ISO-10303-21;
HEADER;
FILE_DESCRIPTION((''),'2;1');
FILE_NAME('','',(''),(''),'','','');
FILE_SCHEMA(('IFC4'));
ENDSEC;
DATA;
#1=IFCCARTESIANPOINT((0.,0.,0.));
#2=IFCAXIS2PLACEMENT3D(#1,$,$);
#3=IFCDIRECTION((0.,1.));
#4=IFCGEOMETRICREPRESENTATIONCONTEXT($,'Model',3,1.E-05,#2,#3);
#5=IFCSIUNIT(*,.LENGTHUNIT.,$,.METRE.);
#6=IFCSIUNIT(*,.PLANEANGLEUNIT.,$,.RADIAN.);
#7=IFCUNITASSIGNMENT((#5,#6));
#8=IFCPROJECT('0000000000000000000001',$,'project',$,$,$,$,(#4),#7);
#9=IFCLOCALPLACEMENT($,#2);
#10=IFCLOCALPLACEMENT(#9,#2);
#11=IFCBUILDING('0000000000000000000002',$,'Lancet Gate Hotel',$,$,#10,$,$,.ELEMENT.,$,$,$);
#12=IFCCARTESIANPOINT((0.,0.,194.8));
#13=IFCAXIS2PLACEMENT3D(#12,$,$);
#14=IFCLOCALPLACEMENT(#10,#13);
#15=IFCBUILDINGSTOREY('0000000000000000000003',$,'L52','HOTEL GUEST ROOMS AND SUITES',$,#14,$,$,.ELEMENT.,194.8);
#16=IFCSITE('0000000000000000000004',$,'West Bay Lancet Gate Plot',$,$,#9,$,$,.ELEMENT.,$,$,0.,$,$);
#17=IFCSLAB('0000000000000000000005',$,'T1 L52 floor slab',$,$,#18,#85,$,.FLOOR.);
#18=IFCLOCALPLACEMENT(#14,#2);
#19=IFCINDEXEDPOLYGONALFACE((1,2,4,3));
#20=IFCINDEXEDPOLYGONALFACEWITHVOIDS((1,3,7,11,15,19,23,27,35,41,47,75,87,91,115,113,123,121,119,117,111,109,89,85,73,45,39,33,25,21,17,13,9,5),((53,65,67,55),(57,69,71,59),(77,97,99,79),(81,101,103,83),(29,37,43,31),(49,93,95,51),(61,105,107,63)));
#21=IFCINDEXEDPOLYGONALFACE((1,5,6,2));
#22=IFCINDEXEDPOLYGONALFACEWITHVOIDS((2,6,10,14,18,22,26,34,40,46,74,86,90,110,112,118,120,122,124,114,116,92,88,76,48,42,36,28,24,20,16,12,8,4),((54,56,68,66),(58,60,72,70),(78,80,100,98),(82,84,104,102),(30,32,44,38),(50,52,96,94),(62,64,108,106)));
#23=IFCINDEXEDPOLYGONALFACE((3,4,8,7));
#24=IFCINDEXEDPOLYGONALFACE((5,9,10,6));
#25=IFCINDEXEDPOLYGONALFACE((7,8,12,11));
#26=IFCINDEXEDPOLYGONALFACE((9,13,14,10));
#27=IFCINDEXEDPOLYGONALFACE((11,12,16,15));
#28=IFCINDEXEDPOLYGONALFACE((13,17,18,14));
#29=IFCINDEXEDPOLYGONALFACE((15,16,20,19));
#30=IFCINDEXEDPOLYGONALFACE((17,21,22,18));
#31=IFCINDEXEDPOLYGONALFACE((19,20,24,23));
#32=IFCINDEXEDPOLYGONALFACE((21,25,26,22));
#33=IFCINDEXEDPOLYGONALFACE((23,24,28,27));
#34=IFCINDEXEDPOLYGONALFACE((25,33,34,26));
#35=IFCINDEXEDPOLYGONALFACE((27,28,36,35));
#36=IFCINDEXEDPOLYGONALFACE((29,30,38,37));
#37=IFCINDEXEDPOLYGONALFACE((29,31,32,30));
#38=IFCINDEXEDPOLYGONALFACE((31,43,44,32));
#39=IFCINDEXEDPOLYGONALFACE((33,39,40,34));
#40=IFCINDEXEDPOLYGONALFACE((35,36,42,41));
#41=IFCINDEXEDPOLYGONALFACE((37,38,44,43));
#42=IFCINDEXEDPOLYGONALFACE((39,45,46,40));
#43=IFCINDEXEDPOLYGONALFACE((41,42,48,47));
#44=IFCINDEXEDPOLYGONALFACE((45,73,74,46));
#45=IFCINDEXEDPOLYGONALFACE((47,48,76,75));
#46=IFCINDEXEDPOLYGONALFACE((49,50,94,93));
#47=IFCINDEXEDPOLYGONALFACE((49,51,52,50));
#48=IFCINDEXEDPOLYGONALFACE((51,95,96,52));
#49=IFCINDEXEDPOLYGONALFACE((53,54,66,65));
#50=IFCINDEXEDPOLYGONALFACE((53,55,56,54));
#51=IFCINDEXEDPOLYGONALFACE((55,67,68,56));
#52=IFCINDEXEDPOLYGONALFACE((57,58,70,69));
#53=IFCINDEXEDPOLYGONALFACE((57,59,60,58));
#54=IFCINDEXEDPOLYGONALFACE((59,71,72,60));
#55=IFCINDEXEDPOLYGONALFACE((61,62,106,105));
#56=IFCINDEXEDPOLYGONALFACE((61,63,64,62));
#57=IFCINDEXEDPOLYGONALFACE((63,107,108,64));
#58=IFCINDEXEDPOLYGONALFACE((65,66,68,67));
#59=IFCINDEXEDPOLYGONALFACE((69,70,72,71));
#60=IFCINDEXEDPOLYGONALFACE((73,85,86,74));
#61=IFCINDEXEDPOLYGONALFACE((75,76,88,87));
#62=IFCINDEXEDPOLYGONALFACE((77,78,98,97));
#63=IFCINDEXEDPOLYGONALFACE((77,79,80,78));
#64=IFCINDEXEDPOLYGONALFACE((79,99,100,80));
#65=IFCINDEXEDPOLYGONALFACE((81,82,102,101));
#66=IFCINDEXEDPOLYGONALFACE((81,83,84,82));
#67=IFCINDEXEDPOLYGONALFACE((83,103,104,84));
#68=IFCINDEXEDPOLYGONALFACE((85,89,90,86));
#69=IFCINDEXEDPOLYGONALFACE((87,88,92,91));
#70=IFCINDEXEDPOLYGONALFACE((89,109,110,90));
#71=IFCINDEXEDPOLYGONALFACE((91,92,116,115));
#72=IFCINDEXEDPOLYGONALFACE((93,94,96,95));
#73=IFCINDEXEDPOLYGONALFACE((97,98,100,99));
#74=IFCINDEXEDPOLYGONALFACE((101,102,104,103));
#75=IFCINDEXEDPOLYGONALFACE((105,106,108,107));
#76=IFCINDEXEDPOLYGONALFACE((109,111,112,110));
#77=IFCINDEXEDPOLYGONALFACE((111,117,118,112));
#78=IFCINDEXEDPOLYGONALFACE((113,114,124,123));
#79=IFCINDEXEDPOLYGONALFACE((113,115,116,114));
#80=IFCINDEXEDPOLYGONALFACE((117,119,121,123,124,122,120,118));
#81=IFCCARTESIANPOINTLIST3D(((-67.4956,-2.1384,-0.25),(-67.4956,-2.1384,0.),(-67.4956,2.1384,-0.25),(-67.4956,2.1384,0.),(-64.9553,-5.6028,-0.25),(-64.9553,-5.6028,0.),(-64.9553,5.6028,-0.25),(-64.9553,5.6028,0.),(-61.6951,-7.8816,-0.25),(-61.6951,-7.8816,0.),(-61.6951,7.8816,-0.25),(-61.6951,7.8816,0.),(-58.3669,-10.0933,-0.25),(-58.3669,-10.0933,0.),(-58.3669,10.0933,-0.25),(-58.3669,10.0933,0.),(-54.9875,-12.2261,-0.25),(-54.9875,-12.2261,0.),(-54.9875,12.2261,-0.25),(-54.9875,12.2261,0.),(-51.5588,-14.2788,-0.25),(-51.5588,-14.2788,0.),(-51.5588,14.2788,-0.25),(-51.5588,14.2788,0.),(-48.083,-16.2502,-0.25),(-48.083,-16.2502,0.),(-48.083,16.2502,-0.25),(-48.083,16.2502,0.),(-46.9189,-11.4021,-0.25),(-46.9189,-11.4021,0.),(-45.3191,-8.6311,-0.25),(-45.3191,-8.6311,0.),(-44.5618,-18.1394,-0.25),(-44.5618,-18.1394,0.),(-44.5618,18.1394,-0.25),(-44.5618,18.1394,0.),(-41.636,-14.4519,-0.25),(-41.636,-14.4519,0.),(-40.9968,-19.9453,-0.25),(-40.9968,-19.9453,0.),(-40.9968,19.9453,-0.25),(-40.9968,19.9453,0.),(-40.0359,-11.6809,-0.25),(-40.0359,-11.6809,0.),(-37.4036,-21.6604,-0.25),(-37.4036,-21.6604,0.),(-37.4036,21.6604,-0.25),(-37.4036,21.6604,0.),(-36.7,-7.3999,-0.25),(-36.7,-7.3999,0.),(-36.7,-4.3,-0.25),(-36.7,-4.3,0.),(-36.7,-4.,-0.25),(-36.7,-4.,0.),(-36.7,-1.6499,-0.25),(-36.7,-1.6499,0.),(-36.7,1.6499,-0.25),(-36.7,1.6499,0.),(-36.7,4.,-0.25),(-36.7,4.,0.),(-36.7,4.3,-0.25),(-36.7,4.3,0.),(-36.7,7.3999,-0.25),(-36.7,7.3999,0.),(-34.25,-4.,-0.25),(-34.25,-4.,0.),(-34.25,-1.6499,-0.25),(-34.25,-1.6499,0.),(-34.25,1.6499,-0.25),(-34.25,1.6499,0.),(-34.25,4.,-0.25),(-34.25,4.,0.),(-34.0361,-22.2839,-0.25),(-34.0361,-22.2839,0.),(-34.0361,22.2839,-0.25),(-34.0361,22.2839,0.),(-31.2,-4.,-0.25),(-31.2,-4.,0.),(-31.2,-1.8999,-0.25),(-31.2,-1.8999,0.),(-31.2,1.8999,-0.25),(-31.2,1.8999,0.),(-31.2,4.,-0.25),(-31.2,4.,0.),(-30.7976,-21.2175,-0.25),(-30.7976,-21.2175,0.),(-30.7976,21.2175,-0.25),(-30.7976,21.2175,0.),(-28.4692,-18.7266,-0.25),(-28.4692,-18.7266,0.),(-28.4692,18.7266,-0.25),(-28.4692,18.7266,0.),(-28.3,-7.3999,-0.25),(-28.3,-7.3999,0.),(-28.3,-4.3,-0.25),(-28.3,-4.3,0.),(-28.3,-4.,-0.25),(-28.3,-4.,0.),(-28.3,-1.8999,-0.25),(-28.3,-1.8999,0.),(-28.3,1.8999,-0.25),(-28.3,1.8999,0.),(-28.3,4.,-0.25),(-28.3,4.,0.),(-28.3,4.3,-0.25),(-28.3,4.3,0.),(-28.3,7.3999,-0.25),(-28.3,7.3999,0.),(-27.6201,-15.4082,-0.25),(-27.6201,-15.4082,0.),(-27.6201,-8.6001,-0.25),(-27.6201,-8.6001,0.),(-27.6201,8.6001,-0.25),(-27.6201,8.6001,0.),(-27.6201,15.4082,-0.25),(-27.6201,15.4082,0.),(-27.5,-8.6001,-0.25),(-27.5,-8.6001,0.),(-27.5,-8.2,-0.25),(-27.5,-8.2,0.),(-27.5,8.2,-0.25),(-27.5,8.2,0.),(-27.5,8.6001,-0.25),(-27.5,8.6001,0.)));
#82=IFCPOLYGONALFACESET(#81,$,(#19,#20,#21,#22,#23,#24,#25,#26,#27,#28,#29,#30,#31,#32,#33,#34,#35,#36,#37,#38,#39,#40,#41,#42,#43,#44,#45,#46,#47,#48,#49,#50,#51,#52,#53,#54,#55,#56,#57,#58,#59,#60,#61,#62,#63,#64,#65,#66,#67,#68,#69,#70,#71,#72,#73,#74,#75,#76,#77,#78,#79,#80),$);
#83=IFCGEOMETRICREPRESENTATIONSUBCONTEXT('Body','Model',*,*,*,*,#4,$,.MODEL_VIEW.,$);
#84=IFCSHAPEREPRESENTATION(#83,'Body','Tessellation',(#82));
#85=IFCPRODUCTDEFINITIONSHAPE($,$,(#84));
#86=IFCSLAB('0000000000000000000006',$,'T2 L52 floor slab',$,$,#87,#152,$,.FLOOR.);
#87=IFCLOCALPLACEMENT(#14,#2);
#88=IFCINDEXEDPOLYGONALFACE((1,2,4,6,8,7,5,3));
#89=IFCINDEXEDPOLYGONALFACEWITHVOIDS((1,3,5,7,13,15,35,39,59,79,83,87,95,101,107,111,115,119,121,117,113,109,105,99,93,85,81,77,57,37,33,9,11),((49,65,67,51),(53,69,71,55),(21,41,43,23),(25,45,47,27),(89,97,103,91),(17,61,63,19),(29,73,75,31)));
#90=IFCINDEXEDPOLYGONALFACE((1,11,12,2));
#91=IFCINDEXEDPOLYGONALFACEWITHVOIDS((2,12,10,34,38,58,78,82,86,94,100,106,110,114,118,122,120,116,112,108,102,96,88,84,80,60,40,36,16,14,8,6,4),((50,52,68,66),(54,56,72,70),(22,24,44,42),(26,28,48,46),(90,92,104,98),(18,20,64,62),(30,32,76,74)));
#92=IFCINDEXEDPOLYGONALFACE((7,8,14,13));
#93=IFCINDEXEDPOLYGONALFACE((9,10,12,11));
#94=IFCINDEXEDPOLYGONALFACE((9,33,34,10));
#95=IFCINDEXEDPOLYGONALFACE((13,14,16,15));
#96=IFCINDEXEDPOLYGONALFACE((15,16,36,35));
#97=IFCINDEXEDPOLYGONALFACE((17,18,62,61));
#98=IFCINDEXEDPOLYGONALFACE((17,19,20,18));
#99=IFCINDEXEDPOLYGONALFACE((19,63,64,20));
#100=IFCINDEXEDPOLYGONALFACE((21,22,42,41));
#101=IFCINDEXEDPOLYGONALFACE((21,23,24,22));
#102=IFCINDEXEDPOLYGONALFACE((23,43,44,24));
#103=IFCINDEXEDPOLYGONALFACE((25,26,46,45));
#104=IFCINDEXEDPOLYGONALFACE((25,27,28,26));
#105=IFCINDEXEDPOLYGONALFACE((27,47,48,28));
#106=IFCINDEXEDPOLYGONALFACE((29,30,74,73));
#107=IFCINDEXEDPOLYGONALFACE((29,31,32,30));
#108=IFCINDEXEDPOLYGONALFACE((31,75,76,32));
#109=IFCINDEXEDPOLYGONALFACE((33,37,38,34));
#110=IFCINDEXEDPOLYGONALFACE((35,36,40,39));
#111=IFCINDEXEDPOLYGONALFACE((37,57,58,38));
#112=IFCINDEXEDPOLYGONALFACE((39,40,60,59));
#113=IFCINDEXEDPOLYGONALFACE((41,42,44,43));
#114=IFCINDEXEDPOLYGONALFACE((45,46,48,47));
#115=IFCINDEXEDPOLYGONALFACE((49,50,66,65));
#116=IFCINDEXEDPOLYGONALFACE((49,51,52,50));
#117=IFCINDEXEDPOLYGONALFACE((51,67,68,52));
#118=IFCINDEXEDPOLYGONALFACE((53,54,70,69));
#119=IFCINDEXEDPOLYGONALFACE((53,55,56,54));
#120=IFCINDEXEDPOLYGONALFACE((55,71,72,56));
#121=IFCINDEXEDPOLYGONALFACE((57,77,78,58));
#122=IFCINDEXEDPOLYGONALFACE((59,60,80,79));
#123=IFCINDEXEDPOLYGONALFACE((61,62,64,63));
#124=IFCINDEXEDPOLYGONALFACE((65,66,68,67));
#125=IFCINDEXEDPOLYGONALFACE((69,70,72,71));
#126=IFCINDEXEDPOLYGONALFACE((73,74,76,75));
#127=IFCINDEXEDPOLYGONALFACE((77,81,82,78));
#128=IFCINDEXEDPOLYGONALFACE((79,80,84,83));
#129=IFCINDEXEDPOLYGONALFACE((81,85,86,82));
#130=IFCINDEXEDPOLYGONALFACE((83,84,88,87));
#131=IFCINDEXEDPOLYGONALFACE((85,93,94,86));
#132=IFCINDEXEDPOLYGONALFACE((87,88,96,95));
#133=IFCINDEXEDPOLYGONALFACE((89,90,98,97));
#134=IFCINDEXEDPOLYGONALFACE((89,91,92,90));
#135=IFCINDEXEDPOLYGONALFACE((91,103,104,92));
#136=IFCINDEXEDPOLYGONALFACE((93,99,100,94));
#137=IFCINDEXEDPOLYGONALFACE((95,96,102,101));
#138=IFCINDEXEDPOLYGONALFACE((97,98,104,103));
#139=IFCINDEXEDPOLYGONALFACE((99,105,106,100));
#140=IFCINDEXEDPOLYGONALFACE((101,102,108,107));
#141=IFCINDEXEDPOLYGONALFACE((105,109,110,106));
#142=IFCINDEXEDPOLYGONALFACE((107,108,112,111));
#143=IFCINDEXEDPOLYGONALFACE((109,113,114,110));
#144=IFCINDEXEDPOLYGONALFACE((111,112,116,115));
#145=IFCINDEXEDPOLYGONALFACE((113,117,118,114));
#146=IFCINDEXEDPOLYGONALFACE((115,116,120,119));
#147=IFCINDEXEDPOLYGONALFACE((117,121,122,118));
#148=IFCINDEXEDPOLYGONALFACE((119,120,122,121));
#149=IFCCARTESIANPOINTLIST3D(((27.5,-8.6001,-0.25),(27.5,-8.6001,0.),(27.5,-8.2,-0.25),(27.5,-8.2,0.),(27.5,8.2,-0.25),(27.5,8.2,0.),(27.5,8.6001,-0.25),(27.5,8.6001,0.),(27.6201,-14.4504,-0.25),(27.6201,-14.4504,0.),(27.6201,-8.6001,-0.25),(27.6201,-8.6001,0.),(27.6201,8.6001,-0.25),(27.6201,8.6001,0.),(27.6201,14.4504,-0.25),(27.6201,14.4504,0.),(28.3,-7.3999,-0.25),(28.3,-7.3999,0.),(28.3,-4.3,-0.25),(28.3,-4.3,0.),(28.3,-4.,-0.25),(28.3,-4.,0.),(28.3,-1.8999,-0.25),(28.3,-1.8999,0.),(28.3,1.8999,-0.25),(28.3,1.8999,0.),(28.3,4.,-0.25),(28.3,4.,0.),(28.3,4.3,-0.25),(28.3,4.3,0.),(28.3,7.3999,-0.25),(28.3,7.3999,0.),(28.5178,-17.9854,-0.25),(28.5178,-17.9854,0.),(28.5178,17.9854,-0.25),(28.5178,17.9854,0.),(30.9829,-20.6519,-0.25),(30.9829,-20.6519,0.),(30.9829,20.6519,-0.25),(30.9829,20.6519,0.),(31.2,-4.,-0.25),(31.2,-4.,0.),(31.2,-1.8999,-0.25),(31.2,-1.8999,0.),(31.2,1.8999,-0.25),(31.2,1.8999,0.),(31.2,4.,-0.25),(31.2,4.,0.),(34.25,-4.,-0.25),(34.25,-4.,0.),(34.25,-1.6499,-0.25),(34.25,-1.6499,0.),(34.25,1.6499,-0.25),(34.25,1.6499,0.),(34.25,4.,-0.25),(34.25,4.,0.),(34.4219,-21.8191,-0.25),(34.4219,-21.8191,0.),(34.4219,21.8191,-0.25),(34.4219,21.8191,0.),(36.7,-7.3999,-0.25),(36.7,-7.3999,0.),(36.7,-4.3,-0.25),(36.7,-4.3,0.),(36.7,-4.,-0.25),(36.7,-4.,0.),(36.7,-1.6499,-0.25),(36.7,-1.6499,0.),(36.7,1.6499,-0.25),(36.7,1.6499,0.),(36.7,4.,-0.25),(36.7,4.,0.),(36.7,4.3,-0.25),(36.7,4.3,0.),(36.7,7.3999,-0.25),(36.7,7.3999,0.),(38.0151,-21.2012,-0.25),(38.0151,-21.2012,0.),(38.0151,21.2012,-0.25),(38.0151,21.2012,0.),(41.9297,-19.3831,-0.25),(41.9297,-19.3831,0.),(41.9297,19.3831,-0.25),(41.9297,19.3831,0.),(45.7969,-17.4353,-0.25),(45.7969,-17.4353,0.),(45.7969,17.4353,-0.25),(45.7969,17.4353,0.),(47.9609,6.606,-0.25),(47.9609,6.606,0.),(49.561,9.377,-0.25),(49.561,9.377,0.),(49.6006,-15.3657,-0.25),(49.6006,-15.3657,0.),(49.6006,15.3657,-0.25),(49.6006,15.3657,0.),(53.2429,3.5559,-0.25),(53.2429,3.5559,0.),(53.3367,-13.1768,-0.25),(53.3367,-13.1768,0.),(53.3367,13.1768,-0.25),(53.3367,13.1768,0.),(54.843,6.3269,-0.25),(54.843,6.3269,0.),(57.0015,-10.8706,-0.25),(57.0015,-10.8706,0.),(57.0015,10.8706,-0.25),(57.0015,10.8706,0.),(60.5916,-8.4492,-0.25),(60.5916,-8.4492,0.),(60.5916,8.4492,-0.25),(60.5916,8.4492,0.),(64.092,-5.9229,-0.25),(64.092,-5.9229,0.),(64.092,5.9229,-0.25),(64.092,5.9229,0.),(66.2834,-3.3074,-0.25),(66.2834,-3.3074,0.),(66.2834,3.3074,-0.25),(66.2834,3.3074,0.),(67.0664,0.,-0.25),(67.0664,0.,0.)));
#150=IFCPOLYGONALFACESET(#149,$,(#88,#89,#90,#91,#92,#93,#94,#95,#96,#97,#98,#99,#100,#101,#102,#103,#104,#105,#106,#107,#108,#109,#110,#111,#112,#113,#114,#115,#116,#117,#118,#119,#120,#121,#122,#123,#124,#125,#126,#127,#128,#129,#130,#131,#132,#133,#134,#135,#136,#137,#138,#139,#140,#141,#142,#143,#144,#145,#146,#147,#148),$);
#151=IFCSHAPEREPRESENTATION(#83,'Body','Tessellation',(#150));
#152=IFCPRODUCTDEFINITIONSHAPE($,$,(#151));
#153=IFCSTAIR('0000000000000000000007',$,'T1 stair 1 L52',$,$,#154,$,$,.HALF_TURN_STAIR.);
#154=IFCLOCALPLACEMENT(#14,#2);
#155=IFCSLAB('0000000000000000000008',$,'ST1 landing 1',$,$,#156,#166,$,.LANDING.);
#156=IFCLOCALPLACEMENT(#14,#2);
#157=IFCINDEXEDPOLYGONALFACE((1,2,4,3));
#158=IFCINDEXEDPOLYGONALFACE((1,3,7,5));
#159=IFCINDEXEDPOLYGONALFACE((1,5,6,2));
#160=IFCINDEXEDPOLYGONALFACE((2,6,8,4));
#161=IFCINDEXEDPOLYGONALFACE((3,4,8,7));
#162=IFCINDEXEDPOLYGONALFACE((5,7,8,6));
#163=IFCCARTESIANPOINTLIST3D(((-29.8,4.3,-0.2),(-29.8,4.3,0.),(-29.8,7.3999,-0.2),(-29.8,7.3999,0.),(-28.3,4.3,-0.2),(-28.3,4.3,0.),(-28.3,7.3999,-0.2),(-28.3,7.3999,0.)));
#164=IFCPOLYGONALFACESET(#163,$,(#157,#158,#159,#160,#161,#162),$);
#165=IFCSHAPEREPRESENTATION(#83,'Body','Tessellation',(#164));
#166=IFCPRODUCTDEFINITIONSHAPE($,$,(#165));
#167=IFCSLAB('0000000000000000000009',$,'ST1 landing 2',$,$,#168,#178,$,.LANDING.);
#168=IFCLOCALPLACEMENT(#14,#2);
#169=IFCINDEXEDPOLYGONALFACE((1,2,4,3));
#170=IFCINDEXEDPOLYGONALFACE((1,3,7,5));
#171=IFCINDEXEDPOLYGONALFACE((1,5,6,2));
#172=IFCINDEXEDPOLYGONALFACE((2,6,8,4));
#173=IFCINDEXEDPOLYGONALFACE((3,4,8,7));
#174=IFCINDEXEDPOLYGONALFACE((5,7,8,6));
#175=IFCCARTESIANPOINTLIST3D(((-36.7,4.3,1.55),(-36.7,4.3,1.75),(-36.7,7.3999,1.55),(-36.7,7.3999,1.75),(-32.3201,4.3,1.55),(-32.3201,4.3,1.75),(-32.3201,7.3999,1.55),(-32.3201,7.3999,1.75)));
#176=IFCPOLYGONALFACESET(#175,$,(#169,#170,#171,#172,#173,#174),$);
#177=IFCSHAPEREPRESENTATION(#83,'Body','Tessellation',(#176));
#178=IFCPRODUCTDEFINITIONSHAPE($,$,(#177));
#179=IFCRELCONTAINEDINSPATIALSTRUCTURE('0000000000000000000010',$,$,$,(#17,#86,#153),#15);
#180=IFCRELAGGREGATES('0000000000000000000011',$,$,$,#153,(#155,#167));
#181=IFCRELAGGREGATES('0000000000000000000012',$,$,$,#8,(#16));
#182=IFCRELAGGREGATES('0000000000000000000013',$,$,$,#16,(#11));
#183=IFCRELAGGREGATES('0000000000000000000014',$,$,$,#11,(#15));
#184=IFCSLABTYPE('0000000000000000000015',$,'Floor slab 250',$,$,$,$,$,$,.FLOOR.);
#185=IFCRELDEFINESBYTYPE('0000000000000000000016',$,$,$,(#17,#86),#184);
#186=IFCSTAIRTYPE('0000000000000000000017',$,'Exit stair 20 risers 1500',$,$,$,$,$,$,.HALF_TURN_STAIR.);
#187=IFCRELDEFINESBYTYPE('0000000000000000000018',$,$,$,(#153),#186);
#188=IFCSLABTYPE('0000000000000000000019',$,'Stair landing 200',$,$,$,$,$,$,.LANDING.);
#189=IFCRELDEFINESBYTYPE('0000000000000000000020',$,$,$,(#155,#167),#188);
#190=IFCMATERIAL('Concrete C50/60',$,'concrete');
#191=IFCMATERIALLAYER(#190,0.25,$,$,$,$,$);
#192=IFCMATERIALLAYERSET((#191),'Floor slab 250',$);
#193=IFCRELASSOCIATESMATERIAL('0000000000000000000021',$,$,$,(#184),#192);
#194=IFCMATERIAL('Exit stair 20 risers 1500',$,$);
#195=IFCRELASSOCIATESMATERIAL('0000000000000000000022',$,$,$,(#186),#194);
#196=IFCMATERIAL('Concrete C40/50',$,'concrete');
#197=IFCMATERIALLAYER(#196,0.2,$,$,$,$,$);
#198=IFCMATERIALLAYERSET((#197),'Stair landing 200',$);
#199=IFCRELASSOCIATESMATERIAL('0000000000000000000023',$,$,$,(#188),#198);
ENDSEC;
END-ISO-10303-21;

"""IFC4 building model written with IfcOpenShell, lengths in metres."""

from ifc_helpers import new_model, si_unit, direction, frame, origin, place, context, subcontext, project, spatial, polyline, outline, extrude, material, layer, layer_set, type_object, element, aggregate, save


model = new_model("IFC4")

# Units and contexts
model_context = context("Model", 3, precision=1e-05, world=origin(), true_north=direction((0.0, 1.0)))
body_context = subcontext(model_context, "Body", "Model", "MODEL_VIEW")
ifc_project = project(units=[si_unit("LENGTHUNIT", "METRE"), si_unit("PLANEANGLEUNIT", "RADIAN")], contexts=[model_context])

# Site, building, storey
site_placement = place(None, origin())
site = spatial("IfcSite", under=ifc_project, at=site_placement, Name="West Bay Lancet Gate Plot", CompositionType="ELEMENT", RefElevation=0.0)
building_placement = place(site_placement, origin())
building = spatial("IfcBuilding", under=site, at=building_placement, Name="Lancet Gate Hotel", CompositionType="ELEMENT")
storey_placement = place(building_placement, frame((0.0, 0.0, 194.8)))
storey = spatial("IfcBuildingStorey", under=building, at=storey_placement, Name="L52", Description="HOTEL GUEST ROOMS AND SUITES", CompositionType="ELEMENT", Elevation=194.8)

# Slabs
ifc_material_1 = material(Name="Concrete C50/60", Category="concrete")
ifc_layer_1 = layer(ifc_material_1, 0.25)
ifc_layer_set_1 = layer_set([ifc_layer_1], Name="Floor slab 250")
slab_type_1 = type_object("IfcSlabType", Name="Floor slab 250", PredefinedType="FLOOR", material=ifc_layer_set_1)
slab_1_placement = place(storey_placement, frame((0.0, 0.0, -0.25)))
element("IfcSlab", 1, at=slab_1_placement, inside=storey, type_object=slab_type_1, Name="T1 L52 floor slab", PredefinedType="FLOOR", context=body_context, shape_type="SweptSolid", body=[
    extrude(outline(polyline([(-27.5, 8.6001), (-27.6201, 8.6001), (-27.6201, 15.4082), (-28.4692, 18.7266), (-30.7976, 21.2175), (-34.0361, 22.2839), (-37.4036, 21.6604), (-40.9968, 19.9453), (-44.5618, 18.1394), (-48.083, 16.2502), (-51.5588, 14.2788), (-54.9875, 12.2261), (-58.3669, 10.0933), (-61.6951, 7.8816), (-64.9553, 5.6028), (-67.4956, 2.1384), (-67.4956, -2.1384), (-64.9553, -5.6028), (-61.6951, -7.8816), (-58.3669, -10.0933), (-54.9875, -12.2261), (-51.5588, -14.2788), (-48.083, -16.2502), (-44.5618, -18.1394), (-40.9968, -19.9453), (-37.4036, -21.6604), (-34.0361, -22.2839), (-30.7976, -21.2175), (-28.4692, -18.7266), (-27.6201, -15.4082), (-27.6201, -8.6001), (-27.5, -8.6001), (-27.5, -8.2), (-27.5, 8.2), (-27.5, 8.6001)]), holes=[polyline([(-36.7, 7.3999), (-36.7, 4.3), (-28.3, 4.3), (-28.3, 7.3999), (-36.7, 7.3999)]), polyline([(-28.3, 4.0), (-31.2, 4.0), (-31.2, 1.8999), (-28.3, 1.8999), (-28.3, 4.0)]), polyline([(-34.25, 4.0), (-36.7, 4.0), (-36.7, 1.6499), (-34.25, 1.6499), (-34.25, 4.0)]), polyline([(-36.7, -1.6499), (-36.7, -4.0), (-34.25, -4.0), (-34.25, -1.6499), (-36.7, -1.6499)]), polyline([(-28.3, -1.8999), (-31.2, -1.8999), (-31.2, -4.0), (-28.3, -4.0), (-28.3, -1.8999)]), polyline([(-28.3, -4.3), (-36.7, -4.3), (-36.7, -7.3999), (-28.3, -7.3999), (-28.3, -4.3)]), polyline([(-45.3191, -8.6311), (-46.9189, -11.4021), (-41.636, -14.4519), (-40.0359, -11.6809), (-45.3191, -8.6311)])]), origin(), (0.0, 0.0, 1.0), 0.25),
])
slab_2_placement = place(storey_placement, frame((0.0, 0.0, -0.25)))
element("IfcSlab", 2, at=slab_2_placement, inside=storey, type_object=slab_type_1, Name="T2 L52 floor slab", PredefinedType="FLOOR", context=body_context, shape_type="SweptSolid", body=[
    extrude(outline(polyline([(27.5, -8.6001), (27.6201, -8.6001), (27.6201, -14.4504), (28.5178, -17.9854), (30.9829, -20.6519), (34.4219, -21.8191), (38.0151, -21.2012), (41.9297, -19.3831), (45.7969, -17.4353), (49.6006, -15.3657), (53.3367, -13.1768), (57.0015, -10.8706), (60.5916, -8.4492), (64.092, -5.9229), (66.2834, -3.3074), (67.0664, 0.0), (66.2834, 3.3074), (64.092, 5.9229), (60.5916, 8.4492), (57.0015, 10.8706), (53.3367, 13.1768), (49.6006, 15.3657), (45.7969, 17.4353), (41.9297, 19.3831), (38.0151, 21.2012), (34.4219, 21.8191), (30.9829, 20.6519), (28.5178, 17.9854), (27.6201, 14.4504), (27.6201, 8.6001), (27.5, 8.6001), (27.5, 8.2), (27.5, -8.2), (27.5, -8.6001)]), holes=[polyline([(36.7, -7.3999), (36.7, -4.3), (28.3, -4.3), (28.3, -7.3999), (36.7, -7.3999)]), polyline([(28.3, -4.0), (31.2, -4.0), (31.2, -1.8999), (28.3, -1.8999), (28.3, -4.0)]), polyline([(34.25, -4.0), (36.7, -4.0), (36.7, -1.6499), (34.25, -1.6499), (34.25, -4.0)]), polyline([(36.7, 1.6499), (36.7, 4.0), (34.25, 4.0), (34.25, 1.6499), (36.7, 1.6499)]), polyline([(28.3, 1.8999), (31.2, 1.8999), (31.2, 4.0), (28.3, 4.0), (28.3, 1.8999)]), polyline([(28.3, 4.3), (36.7, 4.3), (36.7, 7.3999), (28.3, 7.3999), (28.3, 4.3)]), polyline([(53.2429, 3.5559), (54.843, 6.3269), (49.561, 9.377), (47.9609, 6.606), (53.2429, 3.5559)])]), origin(), (0.0, 0.0, 1.0), 0.25),
])

# Stair, slabs
ifc_material_2 = material(Name="Exit stair 20 risers 1500")
stair_type = type_object("IfcStairType", Name="Exit stair 20 risers 1500", PredefinedType="HALF_TURN_STAIR", material=ifc_material_2)
stair_placement = place(storey_placement, origin())
stair = element("IfcStair", 3, at=stair_placement, inside=storey, type_object=stair_type, Name="T1 stair 1 L52", PredefinedType="HALF_TURN_STAIR")
ifc_material_3 = material(Name="Concrete C40/50", Category="concrete")
ifc_layer_2 = layer(ifc_material_3, 0.2)
ifc_layer_set_2 = layer_set([ifc_layer_2], Name="Stair landing 200")
slab_type_2 = type_object("IfcSlabType", Name="Stair landing 200", PredefinedType="LANDING", material=ifc_layer_set_2)
slab_3_placement = place(storey_placement, frame((0.0, 0.0, -0.2)))
slab_3 = element("IfcSlab", 4, at=slab_3_placement, type_object=slab_type_2, Name="ST1 landing 1", PredefinedType="LANDING", context=body_context, shape_type="SweptSolid", body=[
    extrude(outline(polyline([(-28.3, 7.3999), (-29.8, 7.3999), (-29.8, 4.3), (-28.3, 4.3), (-28.3, 7.3999)])), origin(), (0.0, 0.0, 1.0), 0.2),
])
slab_4_placement = place(storey_placement, frame((0.0, 0.0, 1.55)))
slab_4 = element("IfcSlab", 5, at=slab_4_placement, type_object=slab_type_2, Name="ST1 landing 2", PredefinedType="LANDING", context=body_context, shape_type="SweptSolid", body=[
    extrude(outline(polyline([(-32.3201, 7.3999), (-36.7, 7.3999), (-36.7, 4.3), (-32.3201, 4.3), (-32.3201, 7.3999)])), origin(), (0.0, 0.0, 1.0), 0.2),
])
aggregate(stair, [slab_3, slab_4])

save(model, "model.ifc")
